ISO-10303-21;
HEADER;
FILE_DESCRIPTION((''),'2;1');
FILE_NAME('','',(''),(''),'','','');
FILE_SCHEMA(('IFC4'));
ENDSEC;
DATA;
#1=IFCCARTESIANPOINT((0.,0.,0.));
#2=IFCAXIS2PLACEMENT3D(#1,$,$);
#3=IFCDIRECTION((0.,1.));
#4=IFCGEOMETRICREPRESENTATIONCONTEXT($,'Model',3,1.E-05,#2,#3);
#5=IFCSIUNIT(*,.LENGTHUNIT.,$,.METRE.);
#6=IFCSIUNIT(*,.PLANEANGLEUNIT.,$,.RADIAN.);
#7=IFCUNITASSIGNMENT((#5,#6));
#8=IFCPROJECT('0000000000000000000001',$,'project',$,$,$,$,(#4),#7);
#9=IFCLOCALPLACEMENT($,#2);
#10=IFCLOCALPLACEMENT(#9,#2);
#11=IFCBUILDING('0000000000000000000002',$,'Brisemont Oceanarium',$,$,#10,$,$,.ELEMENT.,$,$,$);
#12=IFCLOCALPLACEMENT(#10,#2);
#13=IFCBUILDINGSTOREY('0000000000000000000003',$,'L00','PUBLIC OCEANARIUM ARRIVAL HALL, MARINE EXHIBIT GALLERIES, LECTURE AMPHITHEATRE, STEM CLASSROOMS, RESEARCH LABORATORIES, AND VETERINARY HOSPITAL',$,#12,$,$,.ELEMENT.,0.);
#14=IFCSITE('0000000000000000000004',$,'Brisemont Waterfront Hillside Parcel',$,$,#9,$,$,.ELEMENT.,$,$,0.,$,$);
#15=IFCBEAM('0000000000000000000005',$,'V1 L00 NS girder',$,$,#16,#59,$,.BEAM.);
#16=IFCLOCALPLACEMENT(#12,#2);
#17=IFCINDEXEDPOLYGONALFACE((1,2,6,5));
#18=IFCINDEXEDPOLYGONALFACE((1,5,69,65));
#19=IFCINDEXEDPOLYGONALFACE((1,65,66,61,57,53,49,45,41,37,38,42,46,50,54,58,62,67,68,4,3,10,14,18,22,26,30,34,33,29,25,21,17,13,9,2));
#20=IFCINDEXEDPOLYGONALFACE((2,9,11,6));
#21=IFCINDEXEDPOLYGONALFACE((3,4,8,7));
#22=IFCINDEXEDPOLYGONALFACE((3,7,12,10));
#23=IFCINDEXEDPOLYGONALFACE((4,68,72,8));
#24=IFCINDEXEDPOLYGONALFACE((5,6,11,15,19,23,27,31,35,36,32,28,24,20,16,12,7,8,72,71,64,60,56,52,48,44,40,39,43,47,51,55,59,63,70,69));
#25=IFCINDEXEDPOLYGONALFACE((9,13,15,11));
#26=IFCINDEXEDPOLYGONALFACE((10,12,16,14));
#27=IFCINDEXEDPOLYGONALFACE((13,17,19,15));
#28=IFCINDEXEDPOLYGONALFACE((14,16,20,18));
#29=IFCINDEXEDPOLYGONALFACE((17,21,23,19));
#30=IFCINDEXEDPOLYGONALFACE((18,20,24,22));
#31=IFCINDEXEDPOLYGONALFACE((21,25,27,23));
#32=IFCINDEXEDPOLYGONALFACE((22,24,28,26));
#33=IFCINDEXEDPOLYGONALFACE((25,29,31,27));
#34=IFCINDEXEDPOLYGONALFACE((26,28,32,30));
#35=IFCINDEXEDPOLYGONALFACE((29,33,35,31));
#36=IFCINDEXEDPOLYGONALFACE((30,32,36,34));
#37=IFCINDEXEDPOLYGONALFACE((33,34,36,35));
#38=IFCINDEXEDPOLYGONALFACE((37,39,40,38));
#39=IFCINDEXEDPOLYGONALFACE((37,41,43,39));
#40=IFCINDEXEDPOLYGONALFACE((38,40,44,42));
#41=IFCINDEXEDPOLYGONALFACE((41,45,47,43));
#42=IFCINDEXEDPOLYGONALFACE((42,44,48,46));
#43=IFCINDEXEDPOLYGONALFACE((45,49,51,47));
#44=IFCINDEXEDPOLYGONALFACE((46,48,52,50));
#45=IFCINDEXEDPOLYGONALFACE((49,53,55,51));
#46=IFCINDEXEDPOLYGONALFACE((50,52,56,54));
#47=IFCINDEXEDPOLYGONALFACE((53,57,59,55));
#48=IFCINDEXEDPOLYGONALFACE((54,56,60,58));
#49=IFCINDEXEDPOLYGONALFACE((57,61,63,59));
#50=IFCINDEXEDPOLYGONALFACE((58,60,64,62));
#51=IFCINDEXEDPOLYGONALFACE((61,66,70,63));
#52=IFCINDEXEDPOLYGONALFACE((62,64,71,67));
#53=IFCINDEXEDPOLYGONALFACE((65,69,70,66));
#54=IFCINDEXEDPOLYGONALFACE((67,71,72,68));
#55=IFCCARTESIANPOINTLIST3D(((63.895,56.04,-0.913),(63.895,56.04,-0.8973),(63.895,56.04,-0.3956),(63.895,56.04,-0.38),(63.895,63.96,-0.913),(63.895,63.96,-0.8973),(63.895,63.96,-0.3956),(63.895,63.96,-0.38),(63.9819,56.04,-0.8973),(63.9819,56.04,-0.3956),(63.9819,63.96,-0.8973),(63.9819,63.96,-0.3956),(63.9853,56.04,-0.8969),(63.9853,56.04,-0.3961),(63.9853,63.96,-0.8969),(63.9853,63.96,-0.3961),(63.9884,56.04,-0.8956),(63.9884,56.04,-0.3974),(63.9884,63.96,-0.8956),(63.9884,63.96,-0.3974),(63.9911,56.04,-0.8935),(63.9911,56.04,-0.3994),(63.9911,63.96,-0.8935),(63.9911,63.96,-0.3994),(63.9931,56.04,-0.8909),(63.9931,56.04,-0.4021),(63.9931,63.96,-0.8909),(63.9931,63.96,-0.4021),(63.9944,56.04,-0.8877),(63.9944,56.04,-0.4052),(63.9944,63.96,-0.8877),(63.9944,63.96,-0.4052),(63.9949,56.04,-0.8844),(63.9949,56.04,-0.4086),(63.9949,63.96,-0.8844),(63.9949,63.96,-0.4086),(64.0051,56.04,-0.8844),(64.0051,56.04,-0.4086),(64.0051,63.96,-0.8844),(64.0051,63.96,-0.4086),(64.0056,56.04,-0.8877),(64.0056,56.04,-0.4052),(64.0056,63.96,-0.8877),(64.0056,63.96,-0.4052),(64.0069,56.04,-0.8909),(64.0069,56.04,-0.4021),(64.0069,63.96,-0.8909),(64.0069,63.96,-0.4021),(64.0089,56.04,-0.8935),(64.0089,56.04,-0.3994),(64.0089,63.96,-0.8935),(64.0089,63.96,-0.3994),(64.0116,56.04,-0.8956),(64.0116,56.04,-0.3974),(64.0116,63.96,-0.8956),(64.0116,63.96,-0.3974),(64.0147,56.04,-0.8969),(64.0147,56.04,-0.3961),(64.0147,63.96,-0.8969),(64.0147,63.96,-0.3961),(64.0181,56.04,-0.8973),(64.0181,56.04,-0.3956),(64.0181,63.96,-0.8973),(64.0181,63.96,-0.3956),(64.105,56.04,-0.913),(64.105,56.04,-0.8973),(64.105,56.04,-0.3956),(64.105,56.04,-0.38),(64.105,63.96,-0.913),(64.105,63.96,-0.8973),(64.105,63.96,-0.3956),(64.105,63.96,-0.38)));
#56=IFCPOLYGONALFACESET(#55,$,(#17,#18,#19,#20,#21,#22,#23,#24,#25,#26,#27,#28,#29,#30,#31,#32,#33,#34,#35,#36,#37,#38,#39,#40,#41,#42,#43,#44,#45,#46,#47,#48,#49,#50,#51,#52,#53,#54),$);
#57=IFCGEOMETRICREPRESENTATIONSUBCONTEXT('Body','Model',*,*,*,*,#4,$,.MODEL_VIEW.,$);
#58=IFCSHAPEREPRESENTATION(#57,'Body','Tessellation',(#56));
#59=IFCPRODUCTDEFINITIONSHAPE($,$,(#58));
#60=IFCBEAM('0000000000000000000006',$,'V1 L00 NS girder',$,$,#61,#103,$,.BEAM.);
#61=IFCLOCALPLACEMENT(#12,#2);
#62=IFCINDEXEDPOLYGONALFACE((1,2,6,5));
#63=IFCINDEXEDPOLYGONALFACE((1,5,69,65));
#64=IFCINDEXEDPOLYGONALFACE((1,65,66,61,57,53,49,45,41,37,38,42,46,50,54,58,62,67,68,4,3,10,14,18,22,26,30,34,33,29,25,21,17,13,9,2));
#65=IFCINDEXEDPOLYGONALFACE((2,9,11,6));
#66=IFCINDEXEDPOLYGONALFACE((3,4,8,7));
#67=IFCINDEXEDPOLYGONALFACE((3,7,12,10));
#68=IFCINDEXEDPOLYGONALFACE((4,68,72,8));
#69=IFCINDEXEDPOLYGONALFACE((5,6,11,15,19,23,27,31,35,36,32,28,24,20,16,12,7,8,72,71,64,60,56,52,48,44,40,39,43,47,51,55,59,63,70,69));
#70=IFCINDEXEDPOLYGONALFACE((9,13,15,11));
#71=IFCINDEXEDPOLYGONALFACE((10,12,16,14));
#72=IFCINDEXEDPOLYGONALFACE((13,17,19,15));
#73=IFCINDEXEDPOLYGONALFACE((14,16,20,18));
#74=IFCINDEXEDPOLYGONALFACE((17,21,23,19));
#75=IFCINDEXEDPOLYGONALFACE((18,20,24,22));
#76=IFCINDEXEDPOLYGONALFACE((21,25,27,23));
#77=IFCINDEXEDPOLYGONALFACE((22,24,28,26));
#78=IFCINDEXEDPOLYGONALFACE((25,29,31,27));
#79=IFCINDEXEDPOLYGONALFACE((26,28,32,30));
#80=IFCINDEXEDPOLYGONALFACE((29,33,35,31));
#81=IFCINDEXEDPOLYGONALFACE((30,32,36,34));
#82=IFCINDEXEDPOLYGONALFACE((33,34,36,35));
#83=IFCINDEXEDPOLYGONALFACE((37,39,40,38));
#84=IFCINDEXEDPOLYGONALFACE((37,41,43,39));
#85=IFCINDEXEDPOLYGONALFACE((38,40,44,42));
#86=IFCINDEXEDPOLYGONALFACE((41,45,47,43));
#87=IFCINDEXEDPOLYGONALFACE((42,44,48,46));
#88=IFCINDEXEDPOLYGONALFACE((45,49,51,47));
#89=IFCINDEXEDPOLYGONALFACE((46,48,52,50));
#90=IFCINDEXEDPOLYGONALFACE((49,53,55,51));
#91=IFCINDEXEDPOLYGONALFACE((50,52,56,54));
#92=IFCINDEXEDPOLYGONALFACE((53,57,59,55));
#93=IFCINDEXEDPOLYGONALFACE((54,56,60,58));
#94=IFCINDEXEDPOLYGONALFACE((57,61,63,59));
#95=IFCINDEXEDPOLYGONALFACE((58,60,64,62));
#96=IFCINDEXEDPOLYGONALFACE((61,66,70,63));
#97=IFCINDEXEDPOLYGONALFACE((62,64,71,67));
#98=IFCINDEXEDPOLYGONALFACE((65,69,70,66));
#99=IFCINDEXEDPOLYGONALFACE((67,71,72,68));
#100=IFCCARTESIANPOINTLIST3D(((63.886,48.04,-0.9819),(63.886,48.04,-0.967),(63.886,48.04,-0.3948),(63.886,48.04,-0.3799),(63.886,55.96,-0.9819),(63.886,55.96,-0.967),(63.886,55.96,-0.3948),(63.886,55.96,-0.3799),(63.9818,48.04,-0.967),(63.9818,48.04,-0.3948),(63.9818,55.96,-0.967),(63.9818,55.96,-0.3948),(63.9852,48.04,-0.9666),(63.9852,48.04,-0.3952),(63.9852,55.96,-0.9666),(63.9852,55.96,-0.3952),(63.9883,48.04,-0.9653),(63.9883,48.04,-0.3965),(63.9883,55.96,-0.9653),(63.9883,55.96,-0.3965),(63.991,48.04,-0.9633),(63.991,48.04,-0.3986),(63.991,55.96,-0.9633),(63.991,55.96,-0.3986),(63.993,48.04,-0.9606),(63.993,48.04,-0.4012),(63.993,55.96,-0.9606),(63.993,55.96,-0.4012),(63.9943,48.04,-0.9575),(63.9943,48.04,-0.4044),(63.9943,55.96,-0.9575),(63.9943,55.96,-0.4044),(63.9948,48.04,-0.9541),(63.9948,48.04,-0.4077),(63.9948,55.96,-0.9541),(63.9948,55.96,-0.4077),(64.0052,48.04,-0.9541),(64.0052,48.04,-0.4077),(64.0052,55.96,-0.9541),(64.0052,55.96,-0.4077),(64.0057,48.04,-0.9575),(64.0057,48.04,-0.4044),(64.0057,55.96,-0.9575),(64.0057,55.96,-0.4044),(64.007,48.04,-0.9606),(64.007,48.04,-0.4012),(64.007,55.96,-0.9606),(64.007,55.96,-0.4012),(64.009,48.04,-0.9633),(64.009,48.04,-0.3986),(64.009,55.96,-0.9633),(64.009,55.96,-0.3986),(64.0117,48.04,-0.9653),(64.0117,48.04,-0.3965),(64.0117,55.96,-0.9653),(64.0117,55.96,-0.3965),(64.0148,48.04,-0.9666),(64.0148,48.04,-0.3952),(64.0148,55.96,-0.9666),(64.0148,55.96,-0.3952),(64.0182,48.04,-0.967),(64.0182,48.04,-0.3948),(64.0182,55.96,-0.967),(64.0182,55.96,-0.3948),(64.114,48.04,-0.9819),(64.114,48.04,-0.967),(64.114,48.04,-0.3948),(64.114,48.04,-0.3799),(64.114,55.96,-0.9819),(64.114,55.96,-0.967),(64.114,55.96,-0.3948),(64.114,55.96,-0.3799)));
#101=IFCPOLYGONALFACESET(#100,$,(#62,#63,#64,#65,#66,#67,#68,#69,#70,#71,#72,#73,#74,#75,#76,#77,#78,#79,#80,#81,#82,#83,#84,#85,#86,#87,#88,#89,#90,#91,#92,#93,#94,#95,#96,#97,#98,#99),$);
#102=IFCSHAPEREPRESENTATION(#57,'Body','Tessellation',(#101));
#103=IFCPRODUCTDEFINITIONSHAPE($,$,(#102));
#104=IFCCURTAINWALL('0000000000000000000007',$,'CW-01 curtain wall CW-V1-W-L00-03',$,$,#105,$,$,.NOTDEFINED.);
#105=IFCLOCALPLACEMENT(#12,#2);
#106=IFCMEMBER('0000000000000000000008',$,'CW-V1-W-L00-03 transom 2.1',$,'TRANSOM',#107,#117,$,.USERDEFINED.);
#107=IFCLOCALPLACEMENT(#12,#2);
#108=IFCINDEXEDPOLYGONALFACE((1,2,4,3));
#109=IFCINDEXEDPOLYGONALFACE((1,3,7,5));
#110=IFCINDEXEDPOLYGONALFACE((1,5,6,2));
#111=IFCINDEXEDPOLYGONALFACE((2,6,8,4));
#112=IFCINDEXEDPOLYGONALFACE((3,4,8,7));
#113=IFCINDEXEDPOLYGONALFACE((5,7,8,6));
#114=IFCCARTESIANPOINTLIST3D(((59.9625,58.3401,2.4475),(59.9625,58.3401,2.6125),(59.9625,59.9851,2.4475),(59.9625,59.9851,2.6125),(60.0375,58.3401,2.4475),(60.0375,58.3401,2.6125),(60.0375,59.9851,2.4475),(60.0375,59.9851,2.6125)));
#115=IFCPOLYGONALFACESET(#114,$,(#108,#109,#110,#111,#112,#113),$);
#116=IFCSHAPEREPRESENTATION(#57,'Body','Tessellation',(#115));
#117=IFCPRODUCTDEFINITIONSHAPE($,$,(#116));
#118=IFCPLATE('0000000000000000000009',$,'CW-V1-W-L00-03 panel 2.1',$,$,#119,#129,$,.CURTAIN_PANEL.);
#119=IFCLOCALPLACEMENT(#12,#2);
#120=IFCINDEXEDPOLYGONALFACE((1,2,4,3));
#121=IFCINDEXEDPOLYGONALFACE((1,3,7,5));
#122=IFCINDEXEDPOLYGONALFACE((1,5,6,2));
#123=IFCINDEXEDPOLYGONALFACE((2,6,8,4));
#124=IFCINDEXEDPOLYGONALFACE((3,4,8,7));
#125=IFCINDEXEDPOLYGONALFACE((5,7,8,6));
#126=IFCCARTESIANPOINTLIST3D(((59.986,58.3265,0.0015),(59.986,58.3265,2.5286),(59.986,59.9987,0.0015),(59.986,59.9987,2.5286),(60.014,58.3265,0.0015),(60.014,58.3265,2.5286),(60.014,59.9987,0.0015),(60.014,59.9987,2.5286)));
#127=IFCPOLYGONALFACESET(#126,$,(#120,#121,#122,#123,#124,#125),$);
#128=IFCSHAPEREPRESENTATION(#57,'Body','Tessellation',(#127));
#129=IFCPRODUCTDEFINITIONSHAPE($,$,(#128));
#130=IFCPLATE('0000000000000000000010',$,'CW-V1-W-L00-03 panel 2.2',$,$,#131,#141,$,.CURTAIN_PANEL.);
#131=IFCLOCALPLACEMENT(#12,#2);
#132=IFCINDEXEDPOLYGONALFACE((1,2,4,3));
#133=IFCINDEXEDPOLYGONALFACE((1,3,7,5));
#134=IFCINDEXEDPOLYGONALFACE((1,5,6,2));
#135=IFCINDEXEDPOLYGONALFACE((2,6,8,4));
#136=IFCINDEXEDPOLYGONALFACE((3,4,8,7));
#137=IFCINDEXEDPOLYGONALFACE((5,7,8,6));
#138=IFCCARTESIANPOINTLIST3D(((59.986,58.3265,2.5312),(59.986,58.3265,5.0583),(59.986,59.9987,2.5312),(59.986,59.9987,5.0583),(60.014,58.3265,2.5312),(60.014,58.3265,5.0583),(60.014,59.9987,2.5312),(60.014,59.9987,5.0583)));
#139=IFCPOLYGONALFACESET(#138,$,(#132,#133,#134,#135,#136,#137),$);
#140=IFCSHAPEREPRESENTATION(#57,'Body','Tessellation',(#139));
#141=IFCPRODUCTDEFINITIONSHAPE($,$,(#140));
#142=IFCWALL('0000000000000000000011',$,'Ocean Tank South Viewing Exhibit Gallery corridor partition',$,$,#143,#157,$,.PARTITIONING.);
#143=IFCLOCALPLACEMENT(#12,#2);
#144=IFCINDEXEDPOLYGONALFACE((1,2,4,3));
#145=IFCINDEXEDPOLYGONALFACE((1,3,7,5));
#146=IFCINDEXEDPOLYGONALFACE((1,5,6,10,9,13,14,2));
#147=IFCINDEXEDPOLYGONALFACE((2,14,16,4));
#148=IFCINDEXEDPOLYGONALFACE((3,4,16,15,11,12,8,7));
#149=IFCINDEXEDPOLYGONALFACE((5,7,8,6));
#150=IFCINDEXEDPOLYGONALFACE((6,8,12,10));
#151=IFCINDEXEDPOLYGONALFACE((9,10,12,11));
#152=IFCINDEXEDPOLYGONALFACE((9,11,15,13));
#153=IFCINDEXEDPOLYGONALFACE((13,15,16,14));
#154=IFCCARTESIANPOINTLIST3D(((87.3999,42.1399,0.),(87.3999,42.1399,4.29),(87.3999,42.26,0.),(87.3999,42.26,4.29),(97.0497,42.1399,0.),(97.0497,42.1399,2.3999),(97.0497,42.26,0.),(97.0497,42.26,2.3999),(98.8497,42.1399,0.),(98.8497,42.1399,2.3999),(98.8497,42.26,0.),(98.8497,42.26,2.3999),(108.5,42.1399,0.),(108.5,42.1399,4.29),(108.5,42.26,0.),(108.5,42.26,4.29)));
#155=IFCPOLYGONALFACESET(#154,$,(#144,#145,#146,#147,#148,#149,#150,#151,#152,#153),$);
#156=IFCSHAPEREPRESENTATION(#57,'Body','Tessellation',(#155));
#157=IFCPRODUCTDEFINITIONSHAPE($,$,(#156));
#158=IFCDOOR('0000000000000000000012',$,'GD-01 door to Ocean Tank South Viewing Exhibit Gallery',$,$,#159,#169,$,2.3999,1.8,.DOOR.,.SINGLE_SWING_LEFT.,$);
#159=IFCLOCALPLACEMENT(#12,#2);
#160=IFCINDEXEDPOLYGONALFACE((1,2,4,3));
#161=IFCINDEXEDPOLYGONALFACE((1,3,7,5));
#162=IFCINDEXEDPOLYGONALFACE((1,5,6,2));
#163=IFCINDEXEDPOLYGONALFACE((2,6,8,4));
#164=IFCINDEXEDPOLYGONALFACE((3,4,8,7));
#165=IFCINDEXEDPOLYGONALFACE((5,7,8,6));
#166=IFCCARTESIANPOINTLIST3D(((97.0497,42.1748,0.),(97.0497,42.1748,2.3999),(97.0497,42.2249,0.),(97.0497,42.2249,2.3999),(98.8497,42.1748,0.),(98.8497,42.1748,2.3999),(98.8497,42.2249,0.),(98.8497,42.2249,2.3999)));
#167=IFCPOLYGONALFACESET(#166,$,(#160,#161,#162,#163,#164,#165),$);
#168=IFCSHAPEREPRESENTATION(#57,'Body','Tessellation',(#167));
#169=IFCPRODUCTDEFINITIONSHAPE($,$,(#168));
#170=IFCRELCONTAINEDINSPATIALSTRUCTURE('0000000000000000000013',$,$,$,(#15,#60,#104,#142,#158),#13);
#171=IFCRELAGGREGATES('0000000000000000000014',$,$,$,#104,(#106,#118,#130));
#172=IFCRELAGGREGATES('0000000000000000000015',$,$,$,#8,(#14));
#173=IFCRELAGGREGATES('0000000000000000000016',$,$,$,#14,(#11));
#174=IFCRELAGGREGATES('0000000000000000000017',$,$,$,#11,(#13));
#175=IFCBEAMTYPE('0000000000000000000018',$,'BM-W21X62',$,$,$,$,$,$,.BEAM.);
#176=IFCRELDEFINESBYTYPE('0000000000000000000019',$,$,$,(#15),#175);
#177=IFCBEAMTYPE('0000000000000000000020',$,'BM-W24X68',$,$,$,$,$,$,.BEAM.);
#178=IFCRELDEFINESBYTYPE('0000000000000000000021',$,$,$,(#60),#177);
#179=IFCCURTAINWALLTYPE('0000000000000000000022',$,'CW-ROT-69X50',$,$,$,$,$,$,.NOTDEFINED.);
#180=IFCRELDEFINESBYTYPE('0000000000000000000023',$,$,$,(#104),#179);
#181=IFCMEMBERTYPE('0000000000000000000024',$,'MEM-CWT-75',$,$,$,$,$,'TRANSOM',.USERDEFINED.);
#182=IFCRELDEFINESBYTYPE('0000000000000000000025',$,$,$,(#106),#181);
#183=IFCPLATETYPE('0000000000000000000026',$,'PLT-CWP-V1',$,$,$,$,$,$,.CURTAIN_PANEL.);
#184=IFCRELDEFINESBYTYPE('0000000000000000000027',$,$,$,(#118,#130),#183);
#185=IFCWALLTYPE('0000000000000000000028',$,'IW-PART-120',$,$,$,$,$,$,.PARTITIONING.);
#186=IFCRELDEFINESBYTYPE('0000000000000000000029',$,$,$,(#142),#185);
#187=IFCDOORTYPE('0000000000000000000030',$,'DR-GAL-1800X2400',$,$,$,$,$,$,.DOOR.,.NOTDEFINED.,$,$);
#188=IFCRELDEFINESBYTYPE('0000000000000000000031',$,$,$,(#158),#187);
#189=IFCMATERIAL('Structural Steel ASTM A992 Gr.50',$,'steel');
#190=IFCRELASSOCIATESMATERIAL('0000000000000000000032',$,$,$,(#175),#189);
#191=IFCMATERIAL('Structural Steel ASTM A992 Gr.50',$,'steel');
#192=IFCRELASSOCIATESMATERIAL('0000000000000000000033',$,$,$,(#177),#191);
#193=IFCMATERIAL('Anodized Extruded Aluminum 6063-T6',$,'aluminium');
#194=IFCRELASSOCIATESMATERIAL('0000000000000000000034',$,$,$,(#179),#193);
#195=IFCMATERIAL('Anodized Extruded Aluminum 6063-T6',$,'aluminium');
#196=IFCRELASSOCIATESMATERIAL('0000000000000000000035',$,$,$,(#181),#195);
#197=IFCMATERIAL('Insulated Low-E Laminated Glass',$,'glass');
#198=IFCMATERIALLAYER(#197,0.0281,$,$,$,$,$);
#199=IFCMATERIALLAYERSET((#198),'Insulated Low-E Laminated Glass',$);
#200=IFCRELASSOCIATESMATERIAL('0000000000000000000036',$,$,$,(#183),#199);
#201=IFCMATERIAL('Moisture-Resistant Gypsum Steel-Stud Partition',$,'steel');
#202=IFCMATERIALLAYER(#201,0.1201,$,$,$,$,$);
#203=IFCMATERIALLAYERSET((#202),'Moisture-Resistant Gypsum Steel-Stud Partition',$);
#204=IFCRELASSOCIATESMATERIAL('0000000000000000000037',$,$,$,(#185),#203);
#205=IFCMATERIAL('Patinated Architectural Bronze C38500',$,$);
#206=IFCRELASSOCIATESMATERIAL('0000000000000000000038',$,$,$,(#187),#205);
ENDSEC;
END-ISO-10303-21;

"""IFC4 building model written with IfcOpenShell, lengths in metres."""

from ifc_helpers import new_model, si_unit, direction, frame, frame_2d, origin, origin_2d, place, context, subcontext, project, spatial, rectangle, i_section, extrude, material, layer, layer_set, material_profile, profile_set, type_object, element, fill, aggregate, save


model = new_model("IFC4")

# Units and contexts
model_context = context("Model", 3, precision=1e-05, world=origin(), true_north=direction((0.0, 1.0)))
body_context = subcontext(model_context, "Body", "Model", "MODEL_VIEW")
ifc_project = project(units=[si_unit("LENGTHUNIT", "METRE"), si_unit("PLANEANGLEUNIT", "RADIAN")], contexts=[model_context])

# Site, building, storey
site_placement = place(None, origin())
site = spatial("IfcSite", under=ifc_project, at=site_placement, Name="Brisemont Waterfront Hillside Parcel", CompositionType="ELEMENT", RefElevation=0.0)
building_placement = place(site_placement, origin())
building = spatial("IfcBuilding", under=site, at=building_placement, Name="Brisemont Oceanarium", CompositionType="ELEMENT")
storey_placement = place(building_placement, origin())
storey = spatial("IfcBuildingStorey", under=building, at=storey_placement, Name="L00", Description="PUBLIC OCEANARIUM ARRIVAL HALL, MARINE EXHIBIT GALLERIES, LECTURE AMPHITHEATRE, STEM CLASSROOMS, RESEARCH LABORATORIES, AND VETERINARY HOSPITAL", CompositionType="ELEMENT", Elevation=0.0)

# Beams
ifc_material_1 = material(Name="Structural Steel ASTM A992 Gr.50", Category="steel")
ifc_material_profile_1 = material_profile(ifc_material_1, i_section(OverallWidth=0.21, OverallDepth=0.533, WebThickness=0.0103, FlangeThickness=0.0156, FilletRadius=0.0129, at=origin_2d()), Name="W21X62")
ifc_profile_set_1 = profile_set([ifc_material_profile_1], Name="Structural Steel ASTM A992 Gr.50")
beam_type_1 = type_object("IfcBeamType", Name="BM-W21X62", PredefinedType="BEAM", material=ifc_profile_set_1)
beam_1_placement = place(storey_placement, frame((64.0, 56.04, -0.6465), z_axis=(0.0, 1.0, 0.0), x_axis=(-1.0, 0.0, 0.0)))
element("IfcBeam", 1, at=beam_1_placement, inside=storey, type_object=beam_type_1, Name="V1 L00 NS girder", PredefinedType="BEAM", context=body_context, shape_type="SweptSolid", body=[
    extrude(i_section(OverallWidth=0.21, OverallDepth=0.533, WebThickness=0.0103, FlangeThickness=0.0156, FilletRadius=0.0129, at=origin_2d()), origin(), (0.0, 0.0, 1.0), 7.9199),
])
ifc_material_2 = material(Name="Structural Steel ASTM A992 Gr.50", Category="steel")
ifc_material_profile_2 = material_profile(ifc_material_2, i_section(OverallWidth=0.228, OverallDepth=0.6021, WebThickness=0.0105, FlangeThickness=0.0149, FilletRadius=0.0129, at=origin_2d()), Name="W24X68")
ifc_profile_set_2 = profile_set([ifc_material_profile_2], Name="Structural Steel ASTM A992 Gr.50")
beam_type_2 = type_object("IfcBeamType", Name="BM-W24X68", PredefinedType="BEAM", material=ifc_profile_set_2)
beam_2_placement = place(storey_placement, frame((64.0, 48.04, -0.6809), z_axis=(0.0, 1.0, 0.0), x_axis=(-1.0, 0.0, 0.0)))
element("IfcBeam", 2, at=beam_2_placement, inside=storey, type_object=beam_type_2, Name="V1 L00 NS girder", PredefinedType="BEAM", context=body_context, shape_type="SweptSolid", body=[
    extrude(i_section(OverallWidth=0.228, OverallDepth=0.6021, WebThickness=0.0105, FlangeThickness=0.0149, FilletRadius=0.0129, at=origin_2d()), origin(), (0.0, 0.0, 1.0), 7.9199),
])

# Curtain wall, member, plates
ifc_material_3 = material(Name="Anodized Extruded Aluminum 6063-T6", Category="aluminium")
curtain_wall_type = type_object("IfcCurtainWallType", Name="CW-ROT-69X50", PredefinedType="NOTDEFINED", material=ifc_material_3)
curtain_wall_placement = place(storey_placement, origin())
curtain_wall = element("IfcCurtainWall", 3, at=curtain_wall_placement, inside=storey, type_object=curtain_wall_type, Name="CW-01 curtain wall CW-V1-W-L00-03", PredefinedType="NOTDEFINED")
ifc_material_4 = material(Name="Anodized Extruded Aluminum 6063-T6", Category="aluminium")
ifc_material_profile_3 = material_profile(ifc_material_4, rectangle(XDim=0.075, YDim=0.165, at=origin_2d()), Name="CWT-75X165")
ifc_profile_set_3 = profile_set([ifc_material_profile_3], Name="Anodized Extruded Aluminum 6063-T6")
member_type = type_object("IfcMemberType", Name="MEM-CWT-75", ElementType="TRANSOM", PredefinedType="USERDEFINED", material=ifc_profile_set_3)
member_placement = place(storey_placement, frame((60.0, 58.3401, 2.53), z_axis=(0.0, 1.0, 0.0), x_axis=(-1.0, 0.0, 0.0)))
member = element("IfcMember", 4, at=member_placement, type_object=member_type, Name="CW-V1-W-L00-03 transom 2.1", ObjectType="TRANSOM", PredefinedType="USERDEFINED", context=body_context, shape_type="SweptSolid", body=[
    extrude(rectangle(XDim=0.075, YDim=0.165, at=origin_2d()), origin(), (0.0, 0.0, 1.0), 1.645),
])
ifc_material_5 = material(Name="Insulated Low-E Laminated Glass", Category="glass")
ifc_layer_1 = layer(ifc_material_5, 0.0281)
ifc_layer_set_1 = layer_set([ifc_layer_1], Name="Insulated Low-E Laminated Glass")
plate_type = type_object("IfcPlateType", Name="PLT-CWP-V1", PredefinedType="CURTAIN_PANEL", material=ifc_layer_set_1)
plate_1_placement = place(storey_placement, frame((60.0, 59.1626, 0.0015), z_axis=(0.0, 0.0, 1.0), x_axis=(0.0, 1.0, 0.0)))
plate_1 = element("IfcPlate", 5, at=plate_1_placement, type_object=plate_type, Name="CW-V1-W-L00-03 panel 2.1", PredefinedType="CURTAIN_PANEL", context=body_context, shape_type="SweptSolid", body=[
    extrude(rectangle(XDim=1.6721, YDim=0.0281, at=origin_2d()), origin(), (0.0, 0.0, 1.0), 2.5271),
])
plate_2_placement = place(storey_placement, frame((60.0, 59.1626, 2.5312), z_axis=(0.0, 0.0, 1.0), x_axis=(0.0, 1.0, 0.0)))
plate_2 = element("IfcPlate", 6, at=plate_2_placement, type_object=plate_type, Name="CW-V1-W-L00-03 panel 2.2", PredefinedType="CURTAIN_PANEL", context=body_context, shape_type="SweptSolid", body=[
    extrude(rectangle(XDim=1.6721, YDim=0.0281, at=origin_2d()), origin(), (0.0, 0.0, 1.0), 2.5271),
])
aggregate(curtain_wall, [member, plate_1, plate_2])

# Wall, opening, door
ifc_material_6 = material(Name="Moisture-Resistant Gypsum Steel-Stud Partition", Category="steel")
ifc_layer_2 = layer(ifc_material_6, 0.1201)
ifc_layer_set_2 = layer_set([ifc_layer_2], Name="Moisture-Resistant Gypsum Steel-Stud Partition")
wall_type_1 = type_object("IfcWallType", Name="IW-PART-120", PredefinedType="PARTITIONING", material=ifc_layer_set_2)
wall_1_placement = place(storey_placement, frame((87.3999, 42.2, 0.0), z_axis=(0.0, 0.0, 1.0), x_axis=(1.0, 0.0, 0.0)))
wall_1 = element("IfcWall", 7, at=wall_1_placement, inside=storey, type_object=wall_type_1, Name="Ocean Tank South Viewing Exhibit Gallery corridor partition", PredefinedType="PARTITIONING", context=body_context, shape_type="SweptSolid", body=[
    extrude(rectangle(XDim=21.1001, YDim=0.1201, at=frame_2d((10.55, 0.0))), origin(), (0.0, 0.0, 1.0), 4.29),
])
opening_1_placement = place(wall_1_placement, frame((9.6499, 0.0, 0.0)))
opening_1 = element("IfcOpeningElement", 8, at=opening_1_placement, cuts=wall_1, PredefinedType="OPENING", context=body_context, shape_type="SweptSolid", body=[
    extrude(rectangle(XDim=1.8, YDim=2.3999, at=frame_2d((0.8999, 1.2))), frame((0.0, 0.0701, 0.0), z_axis=(0.0, -1.0, 0.0), x_axis=(1.0, 0.0, 0.0)), (0.0, 0.0, 1.0), 0.1401),
])
ifc_material_7 = material(Name="Patinated Architectural Bronze C38500")
door_type_1 = type_object("IfcDoorType", Name="DR-GAL-1800X2400", OperationType="NOTDEFINED", PredefinedType="DOOR", material=ifc_material_7)
door_1_placement = place(opening_1_placement, origin())
door_1 = element("IfcDoor", 9, at=door_1_placement, inside=storey, type_object=door_type_1, Name="GD-01 door to Ocean Tank South Viewing Exhibit Gallery", OperationType="SINGLE_SWING_LEFT", OverallHeight=2.3999, OverallWidth=1.8, PredefinedType="DOOR", context=body_context, shape_type="SweptSolid", body=[
    extrude(rectangle(XDim=1.8, YDim=2.3999, at=frame_2d((0.8999, 1.2))), frame((0.0, 0.0249, 0.0), z_axis=(0.0, -1.0, 0.0), x_axis=(1.0, 0.0, 0.0)), (0.0, 0.0, 1.0), 0.05),
])
fill(opening_1, door_1)

save(model, "model.ifc")
